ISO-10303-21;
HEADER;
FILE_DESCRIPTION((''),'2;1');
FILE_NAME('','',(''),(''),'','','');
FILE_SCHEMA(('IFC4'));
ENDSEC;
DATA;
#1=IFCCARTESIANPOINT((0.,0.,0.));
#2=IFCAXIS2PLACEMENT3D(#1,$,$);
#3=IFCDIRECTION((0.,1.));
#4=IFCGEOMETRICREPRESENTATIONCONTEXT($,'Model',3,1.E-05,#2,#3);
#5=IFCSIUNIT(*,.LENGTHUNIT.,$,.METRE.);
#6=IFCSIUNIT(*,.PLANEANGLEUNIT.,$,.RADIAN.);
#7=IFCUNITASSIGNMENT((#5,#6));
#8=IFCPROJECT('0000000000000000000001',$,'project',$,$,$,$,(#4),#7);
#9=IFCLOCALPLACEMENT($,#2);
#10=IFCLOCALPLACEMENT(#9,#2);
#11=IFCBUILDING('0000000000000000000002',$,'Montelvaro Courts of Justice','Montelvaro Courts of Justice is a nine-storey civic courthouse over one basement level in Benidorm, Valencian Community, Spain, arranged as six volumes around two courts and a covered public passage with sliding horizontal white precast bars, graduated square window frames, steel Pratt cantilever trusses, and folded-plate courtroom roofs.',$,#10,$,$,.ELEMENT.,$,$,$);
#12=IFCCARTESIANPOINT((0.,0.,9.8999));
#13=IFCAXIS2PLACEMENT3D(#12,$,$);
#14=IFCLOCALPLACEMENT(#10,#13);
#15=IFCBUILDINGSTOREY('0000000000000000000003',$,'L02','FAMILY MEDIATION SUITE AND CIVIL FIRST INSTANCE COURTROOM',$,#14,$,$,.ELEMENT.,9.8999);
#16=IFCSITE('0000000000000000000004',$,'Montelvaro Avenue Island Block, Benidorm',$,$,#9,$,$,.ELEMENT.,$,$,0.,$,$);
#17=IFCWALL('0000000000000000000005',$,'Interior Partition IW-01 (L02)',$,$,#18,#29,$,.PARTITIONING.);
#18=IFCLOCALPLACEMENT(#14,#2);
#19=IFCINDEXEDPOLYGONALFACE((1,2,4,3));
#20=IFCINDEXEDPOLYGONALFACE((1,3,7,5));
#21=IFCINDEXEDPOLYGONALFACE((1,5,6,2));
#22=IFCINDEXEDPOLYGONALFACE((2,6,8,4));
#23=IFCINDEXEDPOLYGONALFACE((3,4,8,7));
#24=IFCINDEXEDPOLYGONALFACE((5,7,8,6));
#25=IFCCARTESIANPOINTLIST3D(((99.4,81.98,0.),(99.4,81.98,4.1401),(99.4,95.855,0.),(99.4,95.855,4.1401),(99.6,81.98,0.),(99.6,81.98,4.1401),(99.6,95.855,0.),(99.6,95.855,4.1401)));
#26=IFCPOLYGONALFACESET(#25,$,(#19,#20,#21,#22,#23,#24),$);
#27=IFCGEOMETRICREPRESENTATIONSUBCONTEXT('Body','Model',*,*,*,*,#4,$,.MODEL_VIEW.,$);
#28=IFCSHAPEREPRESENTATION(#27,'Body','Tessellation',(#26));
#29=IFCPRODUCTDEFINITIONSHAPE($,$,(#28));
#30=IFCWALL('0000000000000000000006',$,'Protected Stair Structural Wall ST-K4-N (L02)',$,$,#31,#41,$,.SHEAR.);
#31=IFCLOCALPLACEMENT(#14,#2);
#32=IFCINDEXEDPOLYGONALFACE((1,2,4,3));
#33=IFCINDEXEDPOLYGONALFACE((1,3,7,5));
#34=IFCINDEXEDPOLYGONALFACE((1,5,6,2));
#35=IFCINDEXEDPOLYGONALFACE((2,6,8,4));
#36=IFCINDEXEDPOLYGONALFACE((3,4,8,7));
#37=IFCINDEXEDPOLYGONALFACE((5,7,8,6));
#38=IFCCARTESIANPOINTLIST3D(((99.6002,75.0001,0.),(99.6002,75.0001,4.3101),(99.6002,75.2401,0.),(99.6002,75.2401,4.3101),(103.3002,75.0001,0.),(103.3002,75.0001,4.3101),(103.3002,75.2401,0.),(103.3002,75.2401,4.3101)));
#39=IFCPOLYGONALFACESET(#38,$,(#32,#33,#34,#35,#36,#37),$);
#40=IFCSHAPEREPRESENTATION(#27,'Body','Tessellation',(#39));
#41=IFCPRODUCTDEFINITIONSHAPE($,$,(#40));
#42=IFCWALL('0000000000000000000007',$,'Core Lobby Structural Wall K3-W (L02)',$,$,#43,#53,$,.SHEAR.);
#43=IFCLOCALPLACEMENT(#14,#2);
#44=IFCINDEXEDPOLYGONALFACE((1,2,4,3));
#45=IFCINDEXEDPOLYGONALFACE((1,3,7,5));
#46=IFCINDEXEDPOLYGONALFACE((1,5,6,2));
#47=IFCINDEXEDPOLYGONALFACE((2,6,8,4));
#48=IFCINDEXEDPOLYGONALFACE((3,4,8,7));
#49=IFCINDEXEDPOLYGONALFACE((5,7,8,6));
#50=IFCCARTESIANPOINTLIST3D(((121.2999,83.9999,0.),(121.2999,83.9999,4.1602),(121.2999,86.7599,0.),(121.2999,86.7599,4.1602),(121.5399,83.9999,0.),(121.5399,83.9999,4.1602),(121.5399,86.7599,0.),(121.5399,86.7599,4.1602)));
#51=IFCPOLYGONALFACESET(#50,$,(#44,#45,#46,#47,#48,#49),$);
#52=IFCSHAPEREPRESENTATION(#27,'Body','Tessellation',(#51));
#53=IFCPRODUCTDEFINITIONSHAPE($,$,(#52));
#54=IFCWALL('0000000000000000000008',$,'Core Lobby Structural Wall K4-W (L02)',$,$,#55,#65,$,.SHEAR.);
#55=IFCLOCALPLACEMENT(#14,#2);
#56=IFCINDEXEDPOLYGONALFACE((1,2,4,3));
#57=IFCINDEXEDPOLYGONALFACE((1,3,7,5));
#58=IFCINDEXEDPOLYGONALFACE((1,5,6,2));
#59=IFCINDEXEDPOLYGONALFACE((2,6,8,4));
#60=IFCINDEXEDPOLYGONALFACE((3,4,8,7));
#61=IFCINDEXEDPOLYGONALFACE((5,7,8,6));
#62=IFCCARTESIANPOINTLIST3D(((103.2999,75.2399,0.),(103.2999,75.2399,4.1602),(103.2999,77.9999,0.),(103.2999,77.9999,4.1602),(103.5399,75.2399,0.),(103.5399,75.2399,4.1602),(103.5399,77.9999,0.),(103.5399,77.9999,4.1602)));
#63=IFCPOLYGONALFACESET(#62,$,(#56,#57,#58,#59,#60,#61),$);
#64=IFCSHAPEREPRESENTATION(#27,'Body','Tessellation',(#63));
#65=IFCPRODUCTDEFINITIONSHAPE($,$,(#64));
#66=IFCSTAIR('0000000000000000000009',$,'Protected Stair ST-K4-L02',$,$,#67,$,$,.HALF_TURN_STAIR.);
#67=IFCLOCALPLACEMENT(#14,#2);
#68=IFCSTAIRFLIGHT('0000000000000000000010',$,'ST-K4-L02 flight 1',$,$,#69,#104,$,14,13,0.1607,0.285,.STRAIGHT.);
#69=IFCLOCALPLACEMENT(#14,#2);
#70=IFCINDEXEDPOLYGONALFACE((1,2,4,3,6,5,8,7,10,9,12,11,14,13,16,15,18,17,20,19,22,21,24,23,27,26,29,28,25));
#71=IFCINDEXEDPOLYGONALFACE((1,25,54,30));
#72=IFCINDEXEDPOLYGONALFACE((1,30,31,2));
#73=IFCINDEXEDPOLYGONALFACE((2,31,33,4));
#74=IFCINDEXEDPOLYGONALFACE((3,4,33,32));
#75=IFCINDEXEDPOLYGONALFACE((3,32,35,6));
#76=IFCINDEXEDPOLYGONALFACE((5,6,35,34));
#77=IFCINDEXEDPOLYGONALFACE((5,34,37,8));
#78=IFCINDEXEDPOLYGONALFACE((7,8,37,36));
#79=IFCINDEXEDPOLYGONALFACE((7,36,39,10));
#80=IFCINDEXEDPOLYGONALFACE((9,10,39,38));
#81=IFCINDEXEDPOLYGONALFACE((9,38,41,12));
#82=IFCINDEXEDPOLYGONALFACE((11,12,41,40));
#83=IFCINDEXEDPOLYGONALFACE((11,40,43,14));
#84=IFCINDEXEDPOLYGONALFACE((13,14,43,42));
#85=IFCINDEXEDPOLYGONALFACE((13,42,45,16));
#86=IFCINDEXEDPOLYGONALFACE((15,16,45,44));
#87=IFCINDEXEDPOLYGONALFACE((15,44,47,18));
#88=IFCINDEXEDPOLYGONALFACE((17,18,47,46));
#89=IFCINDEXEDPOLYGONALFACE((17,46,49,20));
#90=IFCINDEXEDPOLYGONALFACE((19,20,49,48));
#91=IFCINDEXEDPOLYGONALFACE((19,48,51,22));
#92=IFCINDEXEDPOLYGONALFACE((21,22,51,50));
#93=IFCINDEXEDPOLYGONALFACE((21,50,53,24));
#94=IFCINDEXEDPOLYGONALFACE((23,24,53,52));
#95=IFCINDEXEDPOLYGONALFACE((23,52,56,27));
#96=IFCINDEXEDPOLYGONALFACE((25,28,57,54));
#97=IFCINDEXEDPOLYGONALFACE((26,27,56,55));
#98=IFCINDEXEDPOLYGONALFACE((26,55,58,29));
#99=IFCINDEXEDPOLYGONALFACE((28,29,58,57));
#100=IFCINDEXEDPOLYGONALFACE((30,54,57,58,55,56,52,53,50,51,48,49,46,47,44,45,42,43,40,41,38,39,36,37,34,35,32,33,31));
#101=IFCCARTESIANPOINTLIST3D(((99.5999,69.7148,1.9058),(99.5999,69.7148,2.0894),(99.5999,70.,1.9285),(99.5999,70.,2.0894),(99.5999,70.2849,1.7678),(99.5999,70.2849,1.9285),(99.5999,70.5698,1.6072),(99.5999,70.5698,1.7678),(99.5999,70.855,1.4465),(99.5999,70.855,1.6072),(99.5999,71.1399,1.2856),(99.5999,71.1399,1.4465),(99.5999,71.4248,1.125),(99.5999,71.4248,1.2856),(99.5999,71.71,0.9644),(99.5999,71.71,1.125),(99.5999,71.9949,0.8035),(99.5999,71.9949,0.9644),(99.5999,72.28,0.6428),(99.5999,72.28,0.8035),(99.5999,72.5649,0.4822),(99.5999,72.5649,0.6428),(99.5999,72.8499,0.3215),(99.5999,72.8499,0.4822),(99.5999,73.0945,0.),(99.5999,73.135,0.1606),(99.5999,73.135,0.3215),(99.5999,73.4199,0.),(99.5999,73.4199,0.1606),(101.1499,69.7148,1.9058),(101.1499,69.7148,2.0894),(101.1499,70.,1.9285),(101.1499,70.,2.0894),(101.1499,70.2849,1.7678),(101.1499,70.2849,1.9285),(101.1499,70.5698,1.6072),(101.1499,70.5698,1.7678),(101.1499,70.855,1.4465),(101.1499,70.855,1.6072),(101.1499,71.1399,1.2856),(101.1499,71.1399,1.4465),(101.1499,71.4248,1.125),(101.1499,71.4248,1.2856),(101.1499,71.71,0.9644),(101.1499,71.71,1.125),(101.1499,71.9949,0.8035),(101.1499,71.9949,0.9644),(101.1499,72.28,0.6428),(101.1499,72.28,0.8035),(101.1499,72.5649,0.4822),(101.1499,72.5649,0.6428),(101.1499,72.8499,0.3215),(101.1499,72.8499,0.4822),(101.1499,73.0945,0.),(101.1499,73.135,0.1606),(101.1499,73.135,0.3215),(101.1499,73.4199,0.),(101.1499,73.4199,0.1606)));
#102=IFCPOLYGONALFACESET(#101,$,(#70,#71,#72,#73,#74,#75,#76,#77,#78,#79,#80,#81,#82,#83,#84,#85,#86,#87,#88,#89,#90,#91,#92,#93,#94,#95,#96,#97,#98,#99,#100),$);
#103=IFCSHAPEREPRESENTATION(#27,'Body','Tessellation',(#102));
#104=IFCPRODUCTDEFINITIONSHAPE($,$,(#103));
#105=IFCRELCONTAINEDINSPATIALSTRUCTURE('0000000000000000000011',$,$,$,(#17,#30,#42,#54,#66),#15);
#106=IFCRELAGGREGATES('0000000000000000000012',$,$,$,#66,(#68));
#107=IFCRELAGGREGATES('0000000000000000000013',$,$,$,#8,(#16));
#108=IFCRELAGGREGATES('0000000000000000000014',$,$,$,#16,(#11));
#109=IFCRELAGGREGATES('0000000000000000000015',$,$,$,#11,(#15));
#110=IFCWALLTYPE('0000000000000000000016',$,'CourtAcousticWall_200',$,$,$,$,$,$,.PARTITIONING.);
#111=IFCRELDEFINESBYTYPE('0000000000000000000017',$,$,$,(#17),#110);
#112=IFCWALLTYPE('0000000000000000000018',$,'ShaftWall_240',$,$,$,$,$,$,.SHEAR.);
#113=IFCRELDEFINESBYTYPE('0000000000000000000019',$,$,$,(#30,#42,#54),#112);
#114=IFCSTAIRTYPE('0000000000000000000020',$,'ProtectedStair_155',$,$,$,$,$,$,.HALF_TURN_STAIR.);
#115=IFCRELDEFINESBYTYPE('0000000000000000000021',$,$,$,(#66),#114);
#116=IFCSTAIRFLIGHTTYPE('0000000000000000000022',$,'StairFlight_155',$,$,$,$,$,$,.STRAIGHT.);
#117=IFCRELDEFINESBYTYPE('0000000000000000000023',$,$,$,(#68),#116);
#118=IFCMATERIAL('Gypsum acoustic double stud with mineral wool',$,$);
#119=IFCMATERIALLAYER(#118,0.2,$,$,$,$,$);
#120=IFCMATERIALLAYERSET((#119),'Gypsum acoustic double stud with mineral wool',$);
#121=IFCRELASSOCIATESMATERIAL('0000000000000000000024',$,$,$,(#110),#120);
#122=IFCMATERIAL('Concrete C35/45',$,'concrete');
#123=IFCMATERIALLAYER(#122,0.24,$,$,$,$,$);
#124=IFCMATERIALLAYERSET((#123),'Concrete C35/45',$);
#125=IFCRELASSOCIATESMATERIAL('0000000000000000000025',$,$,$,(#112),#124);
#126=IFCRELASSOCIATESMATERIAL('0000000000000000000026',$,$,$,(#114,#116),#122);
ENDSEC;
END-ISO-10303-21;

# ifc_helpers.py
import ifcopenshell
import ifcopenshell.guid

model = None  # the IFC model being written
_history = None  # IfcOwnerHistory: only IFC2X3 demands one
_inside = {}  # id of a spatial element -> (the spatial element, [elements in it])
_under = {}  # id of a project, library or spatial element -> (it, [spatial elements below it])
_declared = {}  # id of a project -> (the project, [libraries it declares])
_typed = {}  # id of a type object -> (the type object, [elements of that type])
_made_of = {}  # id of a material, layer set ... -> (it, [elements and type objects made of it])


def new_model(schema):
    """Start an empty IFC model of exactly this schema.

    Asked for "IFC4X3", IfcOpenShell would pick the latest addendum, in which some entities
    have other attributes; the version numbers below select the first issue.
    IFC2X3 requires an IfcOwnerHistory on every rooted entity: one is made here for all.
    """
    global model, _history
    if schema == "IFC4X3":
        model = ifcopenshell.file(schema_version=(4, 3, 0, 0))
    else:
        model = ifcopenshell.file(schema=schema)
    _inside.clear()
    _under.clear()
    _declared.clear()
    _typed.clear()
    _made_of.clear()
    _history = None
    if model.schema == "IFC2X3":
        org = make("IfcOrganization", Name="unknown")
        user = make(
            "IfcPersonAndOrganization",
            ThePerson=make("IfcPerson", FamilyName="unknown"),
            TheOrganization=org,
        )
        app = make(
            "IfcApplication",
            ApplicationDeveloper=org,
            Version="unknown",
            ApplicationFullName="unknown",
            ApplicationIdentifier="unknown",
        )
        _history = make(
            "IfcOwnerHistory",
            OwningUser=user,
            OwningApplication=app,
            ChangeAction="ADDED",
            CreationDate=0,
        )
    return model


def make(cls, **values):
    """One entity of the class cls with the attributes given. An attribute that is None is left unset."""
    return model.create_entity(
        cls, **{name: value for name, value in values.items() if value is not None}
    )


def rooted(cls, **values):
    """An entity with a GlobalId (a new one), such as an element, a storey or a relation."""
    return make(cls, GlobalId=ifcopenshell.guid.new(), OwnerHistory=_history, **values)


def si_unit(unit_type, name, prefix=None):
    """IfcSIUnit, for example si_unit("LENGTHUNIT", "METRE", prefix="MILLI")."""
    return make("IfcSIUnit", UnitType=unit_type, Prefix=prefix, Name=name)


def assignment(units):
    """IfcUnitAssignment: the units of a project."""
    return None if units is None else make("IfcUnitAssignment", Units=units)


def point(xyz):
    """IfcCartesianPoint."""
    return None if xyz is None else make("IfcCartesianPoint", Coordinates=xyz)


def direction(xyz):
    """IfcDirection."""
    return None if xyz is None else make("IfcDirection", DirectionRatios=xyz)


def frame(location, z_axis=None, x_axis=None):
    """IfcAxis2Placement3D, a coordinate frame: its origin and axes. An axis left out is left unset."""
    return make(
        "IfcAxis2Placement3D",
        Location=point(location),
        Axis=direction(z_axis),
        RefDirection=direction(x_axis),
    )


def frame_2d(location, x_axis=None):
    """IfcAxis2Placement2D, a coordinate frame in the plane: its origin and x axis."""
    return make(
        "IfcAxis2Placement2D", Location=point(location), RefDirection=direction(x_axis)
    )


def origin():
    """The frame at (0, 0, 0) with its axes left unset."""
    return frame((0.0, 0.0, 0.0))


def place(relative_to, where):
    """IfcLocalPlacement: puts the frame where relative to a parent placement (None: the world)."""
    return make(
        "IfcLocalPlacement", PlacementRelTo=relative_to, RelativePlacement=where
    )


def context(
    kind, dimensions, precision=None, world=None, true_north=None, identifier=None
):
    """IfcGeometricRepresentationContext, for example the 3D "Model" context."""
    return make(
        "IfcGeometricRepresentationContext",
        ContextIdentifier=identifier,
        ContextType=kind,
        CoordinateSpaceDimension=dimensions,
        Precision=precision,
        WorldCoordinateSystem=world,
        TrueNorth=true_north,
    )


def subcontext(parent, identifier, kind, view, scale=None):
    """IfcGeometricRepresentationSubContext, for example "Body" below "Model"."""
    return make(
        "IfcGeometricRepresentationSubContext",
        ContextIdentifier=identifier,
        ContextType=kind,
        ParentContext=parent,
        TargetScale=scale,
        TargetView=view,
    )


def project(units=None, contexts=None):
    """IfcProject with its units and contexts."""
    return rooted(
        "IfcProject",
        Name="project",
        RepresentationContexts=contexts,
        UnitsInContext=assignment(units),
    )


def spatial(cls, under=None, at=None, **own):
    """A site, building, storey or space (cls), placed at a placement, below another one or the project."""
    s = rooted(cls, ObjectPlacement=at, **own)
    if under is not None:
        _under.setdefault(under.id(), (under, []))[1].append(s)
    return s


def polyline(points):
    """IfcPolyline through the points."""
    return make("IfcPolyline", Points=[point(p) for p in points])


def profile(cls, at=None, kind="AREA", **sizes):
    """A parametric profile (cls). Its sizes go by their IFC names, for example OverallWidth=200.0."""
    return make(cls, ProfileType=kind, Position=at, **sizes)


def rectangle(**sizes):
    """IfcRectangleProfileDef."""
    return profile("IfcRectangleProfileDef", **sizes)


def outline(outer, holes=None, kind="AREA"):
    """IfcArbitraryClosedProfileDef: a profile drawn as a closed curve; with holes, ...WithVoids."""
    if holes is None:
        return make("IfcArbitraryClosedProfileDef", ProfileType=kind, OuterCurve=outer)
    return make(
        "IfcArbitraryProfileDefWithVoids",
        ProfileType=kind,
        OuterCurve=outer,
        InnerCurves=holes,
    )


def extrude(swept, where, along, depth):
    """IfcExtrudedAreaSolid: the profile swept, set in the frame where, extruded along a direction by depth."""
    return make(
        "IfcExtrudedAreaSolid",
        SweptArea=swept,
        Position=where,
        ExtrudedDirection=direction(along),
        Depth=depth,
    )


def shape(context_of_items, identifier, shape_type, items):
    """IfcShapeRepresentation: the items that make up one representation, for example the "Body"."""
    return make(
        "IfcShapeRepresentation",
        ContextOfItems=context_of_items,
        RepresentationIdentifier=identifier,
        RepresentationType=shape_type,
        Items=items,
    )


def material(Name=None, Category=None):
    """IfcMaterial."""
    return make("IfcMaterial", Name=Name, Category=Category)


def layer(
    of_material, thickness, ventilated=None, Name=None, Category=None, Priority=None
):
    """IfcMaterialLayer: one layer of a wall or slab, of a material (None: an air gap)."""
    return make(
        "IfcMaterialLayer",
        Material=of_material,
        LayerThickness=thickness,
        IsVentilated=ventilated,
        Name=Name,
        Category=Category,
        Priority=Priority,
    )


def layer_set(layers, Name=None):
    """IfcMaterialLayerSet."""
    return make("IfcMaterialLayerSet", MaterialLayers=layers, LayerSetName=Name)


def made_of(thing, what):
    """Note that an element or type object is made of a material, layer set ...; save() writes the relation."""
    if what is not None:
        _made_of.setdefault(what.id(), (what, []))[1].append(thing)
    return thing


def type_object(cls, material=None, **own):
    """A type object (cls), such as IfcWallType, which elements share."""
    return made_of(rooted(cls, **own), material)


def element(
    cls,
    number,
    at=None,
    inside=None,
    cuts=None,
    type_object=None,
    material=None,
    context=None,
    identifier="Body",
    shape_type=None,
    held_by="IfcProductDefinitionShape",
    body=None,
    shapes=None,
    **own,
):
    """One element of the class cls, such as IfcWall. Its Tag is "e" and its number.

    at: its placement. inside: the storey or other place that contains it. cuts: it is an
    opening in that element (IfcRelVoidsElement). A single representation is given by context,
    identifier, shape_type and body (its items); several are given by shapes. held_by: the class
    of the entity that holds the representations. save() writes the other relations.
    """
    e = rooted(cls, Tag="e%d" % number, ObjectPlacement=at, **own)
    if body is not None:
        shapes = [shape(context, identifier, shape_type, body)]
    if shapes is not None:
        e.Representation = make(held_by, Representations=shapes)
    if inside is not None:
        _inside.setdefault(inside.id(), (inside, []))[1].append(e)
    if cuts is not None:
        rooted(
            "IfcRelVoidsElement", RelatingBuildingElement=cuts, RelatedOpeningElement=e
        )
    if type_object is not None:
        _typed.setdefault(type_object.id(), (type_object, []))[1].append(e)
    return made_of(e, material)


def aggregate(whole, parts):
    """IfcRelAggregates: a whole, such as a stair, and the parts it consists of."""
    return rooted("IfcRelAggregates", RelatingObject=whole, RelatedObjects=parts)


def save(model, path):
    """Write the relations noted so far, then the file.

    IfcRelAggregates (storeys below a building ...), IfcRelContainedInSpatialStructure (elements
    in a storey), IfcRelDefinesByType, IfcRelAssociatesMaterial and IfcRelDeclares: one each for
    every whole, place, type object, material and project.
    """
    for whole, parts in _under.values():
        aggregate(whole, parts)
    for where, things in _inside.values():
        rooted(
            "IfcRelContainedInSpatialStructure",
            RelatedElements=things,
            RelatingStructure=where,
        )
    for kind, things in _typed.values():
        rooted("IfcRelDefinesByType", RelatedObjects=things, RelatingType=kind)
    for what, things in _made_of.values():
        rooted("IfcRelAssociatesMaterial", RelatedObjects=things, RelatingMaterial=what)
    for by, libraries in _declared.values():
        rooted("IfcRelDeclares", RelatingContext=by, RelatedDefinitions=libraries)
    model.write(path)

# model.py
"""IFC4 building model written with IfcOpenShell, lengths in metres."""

from ifc_helpers import new_model, si_unit, direction, frame, frame_2d, origin, place, context, subcontext, project, spatial, polyline, rectangle, outline, extrude, material, layer, layer_set, type_object, element, aggregate, save


model = new_model("IFC4")

# Units and contexts
model_context = context("Model", 3, precision=1e-05, world=origin(), true_north=direction((0.0, 1.0)))
body_context = subcontext(model_context, "Body", "Model", "MODEL_VIEW")
ifc_project = project(units=[si_unit("LENGTHUNIT", "METRE"), si_unit("PLANEANGLEUNIT", "RADIAN")], contexts=[model_context])

# Site, building, storey
site_placement = place(None, origin())
site = spatial("IfcSite", under=ifc_project, at=site_placement, Name="Montelvaro Avenue Island Block, Benidorm", CompositionType="ELEMENT", RefElevation=0.0)
building_placement = place(site_placement, origin())
building = spatial("IfcBuilding", under=site, at=building_placement, Name="Montelvaro Courts of Justice", Description="Montelvaro Courts of Justice is a nine-storey civic courthouse over one basement level in Benidorm, Valencian Community, Spain, arranged as six volumes around two courts and a covered public passage with sliding horizontal white precast bars, graduated square window frames, steel Pratt cantilever trusses, and folded-plate courtroom roofs.", CompositionType="ELEMENT")
storey_placement = place(building_placement, frame((0.0, 0.0, 9.8999)))
storey = spatial("IfcBuildingStorey", under=building, at=storey_placement, Name="L02", Description="FAMILY MEDIATION SUITE AND CIVIL FIRST INSTANCE COURTROOM", CompositionType="ELEMENT", Elevation=9.8999)

# Shared definitions
ifc_material_1 = material(Name="Gypsum acoustic double stud with mineral wool")
ifc_layer_1 = layer(ifc_material_1, 0.2)
ifc_layer_set_1 = layer_set([ifc_layer_1], Name="Gypsum acoustic double stud with mineral wool")
wall_type_1 = type_object("IfcWallType", Name="CourtAcousticWall_200", PredefinedType="PARTITIONING", material=ifc_layer_set_1)

# Walls
wall_1_placement = place(storey_placement, frame((99.5, 81.98, 0.0), z_axis=(0.0, 0.0, 1.0), x_axis=(0.0, 1.0, 0.0)))
element("IfcWall", 1, at=wall_1_placement, inside=storey, type_object=wall_type_1, Name="Interior Partition IW-01 (L02)", PredefinedType="PARTITIONING", context=body_context, shape_type="SweptSolid", body=[
    extrude(rectangle(XDim=13.875, YDim=0.2, at=frame_2d((6.9375, 0.0))), origin(), (0.0, 0.0, 1.0), 4.1401),
])
ifc_material_2 = material(Name="Concrete C35/45", Category="concrete")
ifc_layer_2 = layer(ifc_material_2, 0.24)
ifc_layer_set_2 = layer_set([ifc_layer_2], Name="Concrete C35/45")
wall_type_2 = type_object("IfcWallType", Name="ShaftWall_240", PredefinedType="SHEAR", material=ifc_layer_set_2)
wall_2_placement = place(storey_placement, frame((99.6001, 75.1201, 0.0), z_axis=(0.0, 0.0, 1.0), x_axis=(1.0, 0.0, 0.0)))
element("IfcWall", 2, at=wall_2_placement, inside=storey, type_object=wall_type_2, Name="Protected Stair Structural Wall ST-K4-N (L02)", PredefinedType="SHEAR", context=body_context, shape_type="SweptSolid", body=[
    extrude(rectangle(XDim=3.7, YDim=0.24, at=frame_2d((1.8501, 0.0))), origin(), (0.0, 0.0, 1.0), 4.3101),
])
for number, where, z_axis, x_axis, name in (
    (3, (121.4199, 84.0, 0.0), (0.0, 0.0, 1.0), (0.0, 1.0, 0.0), "Core Lobby Structural Wall K3-W (L02)"),
    (4, (103.4199, 75.24, 0.0), (0.0, 0.0, 1.0), (0.0, 1.0, 0.0), "Core Lobby Structural Wall K4-W (L02)"),
):
    element("IfcWall", number, at=place(storey_placement, frame(where, z_axis=z_axis, x_axis=x_axis)), inside=storey, type_object=wall_type_2, Name=name, PredefinedType="SHEAR", context=body_context, shape_type="SweptSolid", body=[
        extrude(rectangle(XDim=2.76, YDim=0.24, at=frame_2d((1.3799, 0.0))), origin(), (0.0, 0.0, 1.0), 4.1602),
    ])

# Stair, stair flight
stair_type = type_object("IfcStairType", Name="ProtectedStair_155", PredefinedType="HALF_TURN_STAIR", material=ifc_material_2)
stair_placement = place(storey_placement, origin())
stair = element("IfcStair", 5, at=stair_placement, inside=storey, type_object=stair_type, Name="Protected Stair ST-K4-L02", PredefinedType="HALF_TURN_STAIR")
stair_flight_type = type_object("IfcStairFlightType", Name="StairFlight_155", PredefinedType="STRAIGHT", material=ifc_material_2)
stair_flight_placement = place(storey_placement, frame((100.375, 73.4199, 0.0), z_axis=(0.0, 0.0, 1.0), x_axis=(0.0, -1.0, 0.0)))
stair_flight = element("IfcStairFlight", 6, at=stair_flight_placement, type_object=stair_flight_type, Name="ST-K4-L02 flight 1", NumberOfRisers=14, NumberOfTreads=13, PredefinedType="STRAIGHT", RiserHeight=0.1607, TreadLength=0.285, context=body_context, shape_type="SweptSolid", body=[
    extrude(outline(polyline([(0.0, 0.0), (0.0, 0.1606), (0.2849, 0.1606), (0.2849, 0.3215), (0.5701, 0.3215), (0.5701, 0.4822), (0.855, 0.4822), (0.855, 0.6428), (1.1399, 0.6428), (1.1399, 0.8035), (1.425, 0.8035), (1.425, 0.9644), (1.71, 0.9644), (1.71, 1.125), (1.9951, 1.125), (1.9951, 1.2856), (2.28, 1.2856), (2.28, 1.4465), (2.5649, 1.4465), (2.5649, 1.6072), (2.8501, 1.6072), (2.8501, 1.7678), (3.135, 1.7678), (3.135, 1.9285), (3.4199, 1.9285), (3.4199, 2.0894), (3.7051, 2.0894), (3.7051, 2.25), (3.7051, 1.9058), (0.3254, 0.0), (0.0, 0.0)])), frame((0.0, 0.7749, 0.0), z_axis=(0.0, -1.0, 0.0), x_axis=(1.0, 0.0, 0.0)), (0.0, 0.0, 1.0), 1.55),
])
aggregate(stair, [stair_flight])

save(model, "model.ifc")
